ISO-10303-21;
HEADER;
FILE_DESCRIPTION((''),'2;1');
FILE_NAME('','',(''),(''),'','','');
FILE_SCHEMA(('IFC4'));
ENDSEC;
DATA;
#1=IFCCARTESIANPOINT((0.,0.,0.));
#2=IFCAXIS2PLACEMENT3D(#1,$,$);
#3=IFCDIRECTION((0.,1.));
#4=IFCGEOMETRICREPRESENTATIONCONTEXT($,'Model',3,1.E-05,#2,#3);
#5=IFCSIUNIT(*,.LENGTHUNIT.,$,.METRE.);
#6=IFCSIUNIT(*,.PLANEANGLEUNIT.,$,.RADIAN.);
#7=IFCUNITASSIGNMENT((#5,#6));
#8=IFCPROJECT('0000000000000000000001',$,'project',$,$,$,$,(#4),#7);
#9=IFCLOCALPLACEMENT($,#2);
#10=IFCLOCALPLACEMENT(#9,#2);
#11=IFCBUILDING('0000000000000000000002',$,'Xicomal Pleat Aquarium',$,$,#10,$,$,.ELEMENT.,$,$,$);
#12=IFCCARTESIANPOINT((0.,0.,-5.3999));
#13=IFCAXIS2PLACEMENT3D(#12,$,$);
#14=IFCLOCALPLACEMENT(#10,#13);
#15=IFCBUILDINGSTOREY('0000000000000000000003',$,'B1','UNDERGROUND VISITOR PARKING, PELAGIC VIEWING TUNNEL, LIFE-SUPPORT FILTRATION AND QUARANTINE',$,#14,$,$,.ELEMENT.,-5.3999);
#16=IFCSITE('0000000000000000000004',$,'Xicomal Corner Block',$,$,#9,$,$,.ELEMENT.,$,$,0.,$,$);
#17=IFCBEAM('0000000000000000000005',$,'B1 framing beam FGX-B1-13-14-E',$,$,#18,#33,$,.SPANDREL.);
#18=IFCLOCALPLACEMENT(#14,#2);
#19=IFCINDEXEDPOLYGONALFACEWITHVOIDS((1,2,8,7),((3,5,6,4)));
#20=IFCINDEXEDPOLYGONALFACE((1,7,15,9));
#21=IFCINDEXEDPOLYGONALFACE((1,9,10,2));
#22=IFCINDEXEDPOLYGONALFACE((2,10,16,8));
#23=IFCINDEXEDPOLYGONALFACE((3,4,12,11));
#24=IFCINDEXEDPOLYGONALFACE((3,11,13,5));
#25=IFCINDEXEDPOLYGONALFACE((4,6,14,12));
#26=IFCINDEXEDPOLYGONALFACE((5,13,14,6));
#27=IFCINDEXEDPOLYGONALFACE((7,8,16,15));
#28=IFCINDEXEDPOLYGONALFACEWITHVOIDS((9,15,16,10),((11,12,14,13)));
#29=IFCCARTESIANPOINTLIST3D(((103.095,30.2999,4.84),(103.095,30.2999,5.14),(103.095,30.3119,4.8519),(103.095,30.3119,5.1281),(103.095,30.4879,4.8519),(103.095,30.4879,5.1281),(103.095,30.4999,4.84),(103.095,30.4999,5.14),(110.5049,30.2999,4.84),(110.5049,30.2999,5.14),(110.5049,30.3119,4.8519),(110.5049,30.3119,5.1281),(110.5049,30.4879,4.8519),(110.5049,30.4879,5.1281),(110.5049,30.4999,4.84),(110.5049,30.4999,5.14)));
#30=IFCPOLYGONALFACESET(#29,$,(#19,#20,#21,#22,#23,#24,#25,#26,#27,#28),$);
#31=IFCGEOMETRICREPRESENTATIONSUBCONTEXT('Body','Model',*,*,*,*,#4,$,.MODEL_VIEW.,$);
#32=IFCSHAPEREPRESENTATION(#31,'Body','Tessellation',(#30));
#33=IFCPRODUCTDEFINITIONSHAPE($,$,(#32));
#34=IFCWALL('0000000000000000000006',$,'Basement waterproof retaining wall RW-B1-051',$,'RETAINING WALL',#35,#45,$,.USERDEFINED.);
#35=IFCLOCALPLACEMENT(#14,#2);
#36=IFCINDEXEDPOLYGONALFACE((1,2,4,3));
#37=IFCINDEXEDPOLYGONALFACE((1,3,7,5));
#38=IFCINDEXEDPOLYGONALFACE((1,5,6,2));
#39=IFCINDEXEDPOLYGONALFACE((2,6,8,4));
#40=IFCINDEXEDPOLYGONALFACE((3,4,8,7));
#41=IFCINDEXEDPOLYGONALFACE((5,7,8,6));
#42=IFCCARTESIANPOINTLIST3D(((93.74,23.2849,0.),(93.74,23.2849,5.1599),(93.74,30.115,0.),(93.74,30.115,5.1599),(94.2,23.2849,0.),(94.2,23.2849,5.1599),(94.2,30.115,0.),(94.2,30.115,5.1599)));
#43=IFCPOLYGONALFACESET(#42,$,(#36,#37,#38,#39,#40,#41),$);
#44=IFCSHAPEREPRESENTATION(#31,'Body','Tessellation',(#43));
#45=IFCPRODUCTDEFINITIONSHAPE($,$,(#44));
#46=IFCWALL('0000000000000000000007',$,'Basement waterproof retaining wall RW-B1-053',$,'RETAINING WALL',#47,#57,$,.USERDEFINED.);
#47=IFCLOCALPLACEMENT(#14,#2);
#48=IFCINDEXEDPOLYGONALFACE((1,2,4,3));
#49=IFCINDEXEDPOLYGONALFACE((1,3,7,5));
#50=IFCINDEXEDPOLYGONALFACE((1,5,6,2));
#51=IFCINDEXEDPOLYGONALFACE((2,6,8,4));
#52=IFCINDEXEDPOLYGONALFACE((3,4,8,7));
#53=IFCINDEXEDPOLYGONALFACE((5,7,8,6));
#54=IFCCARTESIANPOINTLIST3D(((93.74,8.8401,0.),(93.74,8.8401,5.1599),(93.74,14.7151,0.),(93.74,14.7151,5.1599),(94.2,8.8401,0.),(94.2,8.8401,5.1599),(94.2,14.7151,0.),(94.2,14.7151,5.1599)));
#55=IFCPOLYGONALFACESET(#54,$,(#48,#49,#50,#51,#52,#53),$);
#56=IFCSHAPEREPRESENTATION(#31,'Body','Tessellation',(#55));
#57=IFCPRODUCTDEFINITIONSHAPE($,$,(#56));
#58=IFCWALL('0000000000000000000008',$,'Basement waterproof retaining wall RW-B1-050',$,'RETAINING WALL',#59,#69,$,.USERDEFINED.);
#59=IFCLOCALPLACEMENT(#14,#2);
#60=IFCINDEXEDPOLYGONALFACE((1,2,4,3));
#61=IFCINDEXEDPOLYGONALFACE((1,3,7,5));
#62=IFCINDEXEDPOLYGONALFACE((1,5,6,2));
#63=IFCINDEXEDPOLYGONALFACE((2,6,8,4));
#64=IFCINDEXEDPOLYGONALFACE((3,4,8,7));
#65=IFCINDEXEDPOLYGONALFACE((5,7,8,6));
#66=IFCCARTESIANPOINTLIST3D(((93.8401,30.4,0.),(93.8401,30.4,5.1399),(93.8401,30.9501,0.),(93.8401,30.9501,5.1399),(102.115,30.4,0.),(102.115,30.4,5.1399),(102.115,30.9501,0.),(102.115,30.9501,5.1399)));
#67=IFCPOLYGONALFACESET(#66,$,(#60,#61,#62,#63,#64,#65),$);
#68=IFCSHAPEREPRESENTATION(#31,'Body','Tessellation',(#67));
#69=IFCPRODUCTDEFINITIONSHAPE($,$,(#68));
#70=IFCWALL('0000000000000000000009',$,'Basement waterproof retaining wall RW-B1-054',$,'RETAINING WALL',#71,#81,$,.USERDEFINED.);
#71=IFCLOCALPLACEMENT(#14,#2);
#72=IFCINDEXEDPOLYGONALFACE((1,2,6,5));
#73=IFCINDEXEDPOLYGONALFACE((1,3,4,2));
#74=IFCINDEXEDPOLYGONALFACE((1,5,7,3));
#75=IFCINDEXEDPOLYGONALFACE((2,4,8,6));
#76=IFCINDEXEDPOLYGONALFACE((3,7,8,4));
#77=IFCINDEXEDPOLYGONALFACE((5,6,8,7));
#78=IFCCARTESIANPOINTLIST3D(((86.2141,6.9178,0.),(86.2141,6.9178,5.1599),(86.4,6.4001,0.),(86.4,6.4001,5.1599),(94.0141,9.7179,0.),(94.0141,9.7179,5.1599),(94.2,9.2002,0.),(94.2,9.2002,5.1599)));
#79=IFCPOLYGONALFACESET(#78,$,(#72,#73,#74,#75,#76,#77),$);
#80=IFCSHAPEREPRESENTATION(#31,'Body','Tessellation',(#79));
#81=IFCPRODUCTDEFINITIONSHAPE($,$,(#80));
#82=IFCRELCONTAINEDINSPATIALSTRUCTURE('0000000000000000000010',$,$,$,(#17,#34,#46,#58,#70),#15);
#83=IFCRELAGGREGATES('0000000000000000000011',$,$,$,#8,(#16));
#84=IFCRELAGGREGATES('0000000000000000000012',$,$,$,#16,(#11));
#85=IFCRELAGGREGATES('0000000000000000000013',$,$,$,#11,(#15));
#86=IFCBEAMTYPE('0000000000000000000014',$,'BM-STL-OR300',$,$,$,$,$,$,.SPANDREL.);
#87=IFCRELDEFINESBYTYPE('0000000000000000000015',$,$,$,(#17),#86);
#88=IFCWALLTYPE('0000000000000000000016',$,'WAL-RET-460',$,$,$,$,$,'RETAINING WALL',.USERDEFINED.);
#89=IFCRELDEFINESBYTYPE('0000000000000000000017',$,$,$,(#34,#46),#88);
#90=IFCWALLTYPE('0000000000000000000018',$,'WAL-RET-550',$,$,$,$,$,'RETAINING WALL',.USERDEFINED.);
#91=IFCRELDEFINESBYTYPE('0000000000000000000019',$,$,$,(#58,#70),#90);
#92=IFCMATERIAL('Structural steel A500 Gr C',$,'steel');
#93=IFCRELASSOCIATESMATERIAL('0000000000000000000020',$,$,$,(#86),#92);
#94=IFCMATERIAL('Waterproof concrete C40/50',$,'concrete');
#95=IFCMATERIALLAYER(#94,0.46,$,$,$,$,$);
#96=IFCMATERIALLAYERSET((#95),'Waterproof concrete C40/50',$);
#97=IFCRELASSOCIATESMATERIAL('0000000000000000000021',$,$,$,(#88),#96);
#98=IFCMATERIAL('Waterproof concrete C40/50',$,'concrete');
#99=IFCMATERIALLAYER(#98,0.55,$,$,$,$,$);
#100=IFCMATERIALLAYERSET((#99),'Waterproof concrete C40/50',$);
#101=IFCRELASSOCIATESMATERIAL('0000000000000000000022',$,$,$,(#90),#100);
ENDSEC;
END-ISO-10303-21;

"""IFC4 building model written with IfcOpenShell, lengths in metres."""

from ifc_helpers import new_model, si_unit, direction, frame, frame_2d, origin, origin_2d, place, context, subcontext, project, spatial, rectangle, hollow_rectangle, extrude, material, layer, layer_set, material_profile, profile_set, type_object, element, save


model = new_model("IFC4")

# Units and contexts
model_context = context("Model", 3, precision=1e-05, world=origin(), true_north=direction((0.0, 1.0)))
body_context = subcontext(model_context, "Body", "Model", "MODEL_VIEW")
ifc_project = project(units=[si_unit("LENGTHUNIT", "METRE"), si_unit("PLANEANGLEUNIT", "RADIAN")], contexts=[model_context])

# Site, building, storey
site_placement = place(None, origin())
site = spatial("IfcSite", under=ifc_project, at=site_placement, Name="Xicomal Corner Block", CompositionType="ELEMENT", RefElevation=0.0)
building_placement = place(site_placement, origin())
building = spatial("IfcBuilding", under=site, at=building_placement, Name="Xicomal Pleat Aquarium", CompositionType="ELEMENT")
storey_placement = place(building_placement, frame((0.0, 0.0, -5.3999)))
storey = spatial("IfcBuildingStorey", under=building, at=storey_placement, Name="B1", Description="UNDERGROUND VISITOR PARKING, PELAGIC VIEWING TUNNEL, LIFE-SUPPORT FILTRATION AND QUARANTINE", CompositionType="ELEMENT", Elevation=-5.3999)

# Beam
ifc_material_1 = material(Name="Structural steel A500 Gr C", Category="steel")
ifc_material_profile_1 = material_profile(ifc_material_1, hollow_rectangle(XDim=0.2, YDim=0.3, WallThickness=0.012, at=origin_2d()), Name="OR 300x200x12")
ifc_profile_set_1 = profile_set([ifc_material_profile_1], Name="Structural steel A500 Gr C")
beam_type_1 = type_object("IfcBeamType", Name="BM-STL-OR300", PredefinedType="SPANDREL", material=ifc_profile_set_1)
beam_1_placement = place(storey_placement, frame((103.095, 30.3999, 4.99), z_axis=(1.0, 0.0, 0.0), x_axis=(0.0, 1.0, 0.0)))
element("IfcBeam", 1, at=beam_1_placement, inside=storey, type_object=beam_type_1, Name="B1 framing beam FGX-B1-13-14-E", PredefinedType="SPANDREL", context=body_context, shape_type="SweptSolid", body=[
    extrude(hollow_rectangle(XDim=0.2, YDim=0.3, WallThickness=0.012, at=origin_2d()), origin(), (0.0, 0.0, 1.0), 7.4099),
])

# Walls
ifc_material_2 = material(Name="Waterproof concrete C40/50", Category="concrete")
ifc_layer_1 = layer(ifc_material_2, 0.46)
ifc_layer_set_1 = layer_set([ifc_layer_1], Name="Waterproof concrete C40/50")
wall_type_1 = type_object("IfcWallType", Name="WAL-RET-460", ElementType="RETAINING WALL", PredefinedType="USERDEFINED", material=ifc_layer_set_1)
wall_1_placement = place(storey_placement, frame((93.97, 30.115, 0.0), z_axis=(0.0, 0.0, 1.0), x_axis=(0.0, -1.0, 0.0)))
element("IfcWall", 2, at=wall_1_placement, inside=storey, type_object=wall_type_1, Name="Basement waterproof retaining wall RW-B1-051", ObjectType="RETAINING WALL", PredefinedType="USERDEFINED", context=body_context, shape_type="SweptSolid", body=[
    extrude(rectangle(XDim=6.8301, YDim=0.46, at=frame_2d((3.415, 0.0))), origin(), (0.0, 0.0, 1.0), 5.1599),
])
wall_2_placement = place(storey_placement, frame((93.97, 14.7151, 0.0), z_axis=(0.0, 0.0, 1.0), x_axis=(0.0, -1.0, 0.0)))
element("IfcWall", 3, at=wall_2_placement, inside=storey, type_object=wall_type_1, Name="Basement waterproof retaining wall RW-B1-053", ObjectType="RETAINING WALL", PredefinedType="USERDEFINED", context=body_context, shape_type="SweptSolid", body=[
    extrude(rectangle(XDim=5.875, YDim=0.46, at=frame_2d((2.9375, 0.0))), origin(), (0.0, 0.0, 1.0), 5.1599),
])
ifc_material_3 = material(Name="Waterproof concrete C40/50", Category="concrete")
ifc_layer_2 = layer(ifc_material_3, 0.55)
ifc_layer_set_2 = layer_set([ifc_layer_2], Name="Waterproof concrete C40/50")
wall_type_2 = type_object("IfcWallType", Name="WAL-RET-550", ElementType="RETAINING WALL", PredefinedType="USERDEFINED", material=ifc_layer_set_2)
wall_3_placement = place(storey_placement, frame((102.115, 30.675, 0.0), z_axis=(0.0, 0.0, 1.0), x_axis=(-1.0, 0.0, 0.0)))
element("IfcWall", 4, at=wall_3_placement, inside=storey, type_object=wall_type_2, Name="Basement waterproof retaining wall RW-B1-050", ObjectType="RETAINING WALL", PredefinedType="USERDEFINED", context=body_context, shape_type="SweptSolid", body=[
    extrude(rectangle(XDim=8.2749, YDim=0.55, at=frame_2d((4.1375, 0.0))), origin(), (0.0, 0.0, 1.0), 5.1399),
])
wall_4_placement = place(storey_placement, frame((94.1069, 9.459, 0.0), z_axis=(0.0, 0.0, 1.0), x_axis=(-0.941193, -0.337868, 0.0)))
element("IfcWall", 5, at=wall_4_placement, inside=storey, type_object=wall_type_2, Name="Basement waterproof retaining wall RW-B1-054", ObjectType="RETAINING WALL", PredefinedType="USERDEFINED", context=body_context, shape_type="SweptSolid", body=[
    extrude(rectangle(XDim=8.2874, YDim=0.55, at=frame_2d((4.1436, 0.0))), origin(), (0.0, 0.0, 1.0), 5.1599),
])

save(model, "model.ifc")
